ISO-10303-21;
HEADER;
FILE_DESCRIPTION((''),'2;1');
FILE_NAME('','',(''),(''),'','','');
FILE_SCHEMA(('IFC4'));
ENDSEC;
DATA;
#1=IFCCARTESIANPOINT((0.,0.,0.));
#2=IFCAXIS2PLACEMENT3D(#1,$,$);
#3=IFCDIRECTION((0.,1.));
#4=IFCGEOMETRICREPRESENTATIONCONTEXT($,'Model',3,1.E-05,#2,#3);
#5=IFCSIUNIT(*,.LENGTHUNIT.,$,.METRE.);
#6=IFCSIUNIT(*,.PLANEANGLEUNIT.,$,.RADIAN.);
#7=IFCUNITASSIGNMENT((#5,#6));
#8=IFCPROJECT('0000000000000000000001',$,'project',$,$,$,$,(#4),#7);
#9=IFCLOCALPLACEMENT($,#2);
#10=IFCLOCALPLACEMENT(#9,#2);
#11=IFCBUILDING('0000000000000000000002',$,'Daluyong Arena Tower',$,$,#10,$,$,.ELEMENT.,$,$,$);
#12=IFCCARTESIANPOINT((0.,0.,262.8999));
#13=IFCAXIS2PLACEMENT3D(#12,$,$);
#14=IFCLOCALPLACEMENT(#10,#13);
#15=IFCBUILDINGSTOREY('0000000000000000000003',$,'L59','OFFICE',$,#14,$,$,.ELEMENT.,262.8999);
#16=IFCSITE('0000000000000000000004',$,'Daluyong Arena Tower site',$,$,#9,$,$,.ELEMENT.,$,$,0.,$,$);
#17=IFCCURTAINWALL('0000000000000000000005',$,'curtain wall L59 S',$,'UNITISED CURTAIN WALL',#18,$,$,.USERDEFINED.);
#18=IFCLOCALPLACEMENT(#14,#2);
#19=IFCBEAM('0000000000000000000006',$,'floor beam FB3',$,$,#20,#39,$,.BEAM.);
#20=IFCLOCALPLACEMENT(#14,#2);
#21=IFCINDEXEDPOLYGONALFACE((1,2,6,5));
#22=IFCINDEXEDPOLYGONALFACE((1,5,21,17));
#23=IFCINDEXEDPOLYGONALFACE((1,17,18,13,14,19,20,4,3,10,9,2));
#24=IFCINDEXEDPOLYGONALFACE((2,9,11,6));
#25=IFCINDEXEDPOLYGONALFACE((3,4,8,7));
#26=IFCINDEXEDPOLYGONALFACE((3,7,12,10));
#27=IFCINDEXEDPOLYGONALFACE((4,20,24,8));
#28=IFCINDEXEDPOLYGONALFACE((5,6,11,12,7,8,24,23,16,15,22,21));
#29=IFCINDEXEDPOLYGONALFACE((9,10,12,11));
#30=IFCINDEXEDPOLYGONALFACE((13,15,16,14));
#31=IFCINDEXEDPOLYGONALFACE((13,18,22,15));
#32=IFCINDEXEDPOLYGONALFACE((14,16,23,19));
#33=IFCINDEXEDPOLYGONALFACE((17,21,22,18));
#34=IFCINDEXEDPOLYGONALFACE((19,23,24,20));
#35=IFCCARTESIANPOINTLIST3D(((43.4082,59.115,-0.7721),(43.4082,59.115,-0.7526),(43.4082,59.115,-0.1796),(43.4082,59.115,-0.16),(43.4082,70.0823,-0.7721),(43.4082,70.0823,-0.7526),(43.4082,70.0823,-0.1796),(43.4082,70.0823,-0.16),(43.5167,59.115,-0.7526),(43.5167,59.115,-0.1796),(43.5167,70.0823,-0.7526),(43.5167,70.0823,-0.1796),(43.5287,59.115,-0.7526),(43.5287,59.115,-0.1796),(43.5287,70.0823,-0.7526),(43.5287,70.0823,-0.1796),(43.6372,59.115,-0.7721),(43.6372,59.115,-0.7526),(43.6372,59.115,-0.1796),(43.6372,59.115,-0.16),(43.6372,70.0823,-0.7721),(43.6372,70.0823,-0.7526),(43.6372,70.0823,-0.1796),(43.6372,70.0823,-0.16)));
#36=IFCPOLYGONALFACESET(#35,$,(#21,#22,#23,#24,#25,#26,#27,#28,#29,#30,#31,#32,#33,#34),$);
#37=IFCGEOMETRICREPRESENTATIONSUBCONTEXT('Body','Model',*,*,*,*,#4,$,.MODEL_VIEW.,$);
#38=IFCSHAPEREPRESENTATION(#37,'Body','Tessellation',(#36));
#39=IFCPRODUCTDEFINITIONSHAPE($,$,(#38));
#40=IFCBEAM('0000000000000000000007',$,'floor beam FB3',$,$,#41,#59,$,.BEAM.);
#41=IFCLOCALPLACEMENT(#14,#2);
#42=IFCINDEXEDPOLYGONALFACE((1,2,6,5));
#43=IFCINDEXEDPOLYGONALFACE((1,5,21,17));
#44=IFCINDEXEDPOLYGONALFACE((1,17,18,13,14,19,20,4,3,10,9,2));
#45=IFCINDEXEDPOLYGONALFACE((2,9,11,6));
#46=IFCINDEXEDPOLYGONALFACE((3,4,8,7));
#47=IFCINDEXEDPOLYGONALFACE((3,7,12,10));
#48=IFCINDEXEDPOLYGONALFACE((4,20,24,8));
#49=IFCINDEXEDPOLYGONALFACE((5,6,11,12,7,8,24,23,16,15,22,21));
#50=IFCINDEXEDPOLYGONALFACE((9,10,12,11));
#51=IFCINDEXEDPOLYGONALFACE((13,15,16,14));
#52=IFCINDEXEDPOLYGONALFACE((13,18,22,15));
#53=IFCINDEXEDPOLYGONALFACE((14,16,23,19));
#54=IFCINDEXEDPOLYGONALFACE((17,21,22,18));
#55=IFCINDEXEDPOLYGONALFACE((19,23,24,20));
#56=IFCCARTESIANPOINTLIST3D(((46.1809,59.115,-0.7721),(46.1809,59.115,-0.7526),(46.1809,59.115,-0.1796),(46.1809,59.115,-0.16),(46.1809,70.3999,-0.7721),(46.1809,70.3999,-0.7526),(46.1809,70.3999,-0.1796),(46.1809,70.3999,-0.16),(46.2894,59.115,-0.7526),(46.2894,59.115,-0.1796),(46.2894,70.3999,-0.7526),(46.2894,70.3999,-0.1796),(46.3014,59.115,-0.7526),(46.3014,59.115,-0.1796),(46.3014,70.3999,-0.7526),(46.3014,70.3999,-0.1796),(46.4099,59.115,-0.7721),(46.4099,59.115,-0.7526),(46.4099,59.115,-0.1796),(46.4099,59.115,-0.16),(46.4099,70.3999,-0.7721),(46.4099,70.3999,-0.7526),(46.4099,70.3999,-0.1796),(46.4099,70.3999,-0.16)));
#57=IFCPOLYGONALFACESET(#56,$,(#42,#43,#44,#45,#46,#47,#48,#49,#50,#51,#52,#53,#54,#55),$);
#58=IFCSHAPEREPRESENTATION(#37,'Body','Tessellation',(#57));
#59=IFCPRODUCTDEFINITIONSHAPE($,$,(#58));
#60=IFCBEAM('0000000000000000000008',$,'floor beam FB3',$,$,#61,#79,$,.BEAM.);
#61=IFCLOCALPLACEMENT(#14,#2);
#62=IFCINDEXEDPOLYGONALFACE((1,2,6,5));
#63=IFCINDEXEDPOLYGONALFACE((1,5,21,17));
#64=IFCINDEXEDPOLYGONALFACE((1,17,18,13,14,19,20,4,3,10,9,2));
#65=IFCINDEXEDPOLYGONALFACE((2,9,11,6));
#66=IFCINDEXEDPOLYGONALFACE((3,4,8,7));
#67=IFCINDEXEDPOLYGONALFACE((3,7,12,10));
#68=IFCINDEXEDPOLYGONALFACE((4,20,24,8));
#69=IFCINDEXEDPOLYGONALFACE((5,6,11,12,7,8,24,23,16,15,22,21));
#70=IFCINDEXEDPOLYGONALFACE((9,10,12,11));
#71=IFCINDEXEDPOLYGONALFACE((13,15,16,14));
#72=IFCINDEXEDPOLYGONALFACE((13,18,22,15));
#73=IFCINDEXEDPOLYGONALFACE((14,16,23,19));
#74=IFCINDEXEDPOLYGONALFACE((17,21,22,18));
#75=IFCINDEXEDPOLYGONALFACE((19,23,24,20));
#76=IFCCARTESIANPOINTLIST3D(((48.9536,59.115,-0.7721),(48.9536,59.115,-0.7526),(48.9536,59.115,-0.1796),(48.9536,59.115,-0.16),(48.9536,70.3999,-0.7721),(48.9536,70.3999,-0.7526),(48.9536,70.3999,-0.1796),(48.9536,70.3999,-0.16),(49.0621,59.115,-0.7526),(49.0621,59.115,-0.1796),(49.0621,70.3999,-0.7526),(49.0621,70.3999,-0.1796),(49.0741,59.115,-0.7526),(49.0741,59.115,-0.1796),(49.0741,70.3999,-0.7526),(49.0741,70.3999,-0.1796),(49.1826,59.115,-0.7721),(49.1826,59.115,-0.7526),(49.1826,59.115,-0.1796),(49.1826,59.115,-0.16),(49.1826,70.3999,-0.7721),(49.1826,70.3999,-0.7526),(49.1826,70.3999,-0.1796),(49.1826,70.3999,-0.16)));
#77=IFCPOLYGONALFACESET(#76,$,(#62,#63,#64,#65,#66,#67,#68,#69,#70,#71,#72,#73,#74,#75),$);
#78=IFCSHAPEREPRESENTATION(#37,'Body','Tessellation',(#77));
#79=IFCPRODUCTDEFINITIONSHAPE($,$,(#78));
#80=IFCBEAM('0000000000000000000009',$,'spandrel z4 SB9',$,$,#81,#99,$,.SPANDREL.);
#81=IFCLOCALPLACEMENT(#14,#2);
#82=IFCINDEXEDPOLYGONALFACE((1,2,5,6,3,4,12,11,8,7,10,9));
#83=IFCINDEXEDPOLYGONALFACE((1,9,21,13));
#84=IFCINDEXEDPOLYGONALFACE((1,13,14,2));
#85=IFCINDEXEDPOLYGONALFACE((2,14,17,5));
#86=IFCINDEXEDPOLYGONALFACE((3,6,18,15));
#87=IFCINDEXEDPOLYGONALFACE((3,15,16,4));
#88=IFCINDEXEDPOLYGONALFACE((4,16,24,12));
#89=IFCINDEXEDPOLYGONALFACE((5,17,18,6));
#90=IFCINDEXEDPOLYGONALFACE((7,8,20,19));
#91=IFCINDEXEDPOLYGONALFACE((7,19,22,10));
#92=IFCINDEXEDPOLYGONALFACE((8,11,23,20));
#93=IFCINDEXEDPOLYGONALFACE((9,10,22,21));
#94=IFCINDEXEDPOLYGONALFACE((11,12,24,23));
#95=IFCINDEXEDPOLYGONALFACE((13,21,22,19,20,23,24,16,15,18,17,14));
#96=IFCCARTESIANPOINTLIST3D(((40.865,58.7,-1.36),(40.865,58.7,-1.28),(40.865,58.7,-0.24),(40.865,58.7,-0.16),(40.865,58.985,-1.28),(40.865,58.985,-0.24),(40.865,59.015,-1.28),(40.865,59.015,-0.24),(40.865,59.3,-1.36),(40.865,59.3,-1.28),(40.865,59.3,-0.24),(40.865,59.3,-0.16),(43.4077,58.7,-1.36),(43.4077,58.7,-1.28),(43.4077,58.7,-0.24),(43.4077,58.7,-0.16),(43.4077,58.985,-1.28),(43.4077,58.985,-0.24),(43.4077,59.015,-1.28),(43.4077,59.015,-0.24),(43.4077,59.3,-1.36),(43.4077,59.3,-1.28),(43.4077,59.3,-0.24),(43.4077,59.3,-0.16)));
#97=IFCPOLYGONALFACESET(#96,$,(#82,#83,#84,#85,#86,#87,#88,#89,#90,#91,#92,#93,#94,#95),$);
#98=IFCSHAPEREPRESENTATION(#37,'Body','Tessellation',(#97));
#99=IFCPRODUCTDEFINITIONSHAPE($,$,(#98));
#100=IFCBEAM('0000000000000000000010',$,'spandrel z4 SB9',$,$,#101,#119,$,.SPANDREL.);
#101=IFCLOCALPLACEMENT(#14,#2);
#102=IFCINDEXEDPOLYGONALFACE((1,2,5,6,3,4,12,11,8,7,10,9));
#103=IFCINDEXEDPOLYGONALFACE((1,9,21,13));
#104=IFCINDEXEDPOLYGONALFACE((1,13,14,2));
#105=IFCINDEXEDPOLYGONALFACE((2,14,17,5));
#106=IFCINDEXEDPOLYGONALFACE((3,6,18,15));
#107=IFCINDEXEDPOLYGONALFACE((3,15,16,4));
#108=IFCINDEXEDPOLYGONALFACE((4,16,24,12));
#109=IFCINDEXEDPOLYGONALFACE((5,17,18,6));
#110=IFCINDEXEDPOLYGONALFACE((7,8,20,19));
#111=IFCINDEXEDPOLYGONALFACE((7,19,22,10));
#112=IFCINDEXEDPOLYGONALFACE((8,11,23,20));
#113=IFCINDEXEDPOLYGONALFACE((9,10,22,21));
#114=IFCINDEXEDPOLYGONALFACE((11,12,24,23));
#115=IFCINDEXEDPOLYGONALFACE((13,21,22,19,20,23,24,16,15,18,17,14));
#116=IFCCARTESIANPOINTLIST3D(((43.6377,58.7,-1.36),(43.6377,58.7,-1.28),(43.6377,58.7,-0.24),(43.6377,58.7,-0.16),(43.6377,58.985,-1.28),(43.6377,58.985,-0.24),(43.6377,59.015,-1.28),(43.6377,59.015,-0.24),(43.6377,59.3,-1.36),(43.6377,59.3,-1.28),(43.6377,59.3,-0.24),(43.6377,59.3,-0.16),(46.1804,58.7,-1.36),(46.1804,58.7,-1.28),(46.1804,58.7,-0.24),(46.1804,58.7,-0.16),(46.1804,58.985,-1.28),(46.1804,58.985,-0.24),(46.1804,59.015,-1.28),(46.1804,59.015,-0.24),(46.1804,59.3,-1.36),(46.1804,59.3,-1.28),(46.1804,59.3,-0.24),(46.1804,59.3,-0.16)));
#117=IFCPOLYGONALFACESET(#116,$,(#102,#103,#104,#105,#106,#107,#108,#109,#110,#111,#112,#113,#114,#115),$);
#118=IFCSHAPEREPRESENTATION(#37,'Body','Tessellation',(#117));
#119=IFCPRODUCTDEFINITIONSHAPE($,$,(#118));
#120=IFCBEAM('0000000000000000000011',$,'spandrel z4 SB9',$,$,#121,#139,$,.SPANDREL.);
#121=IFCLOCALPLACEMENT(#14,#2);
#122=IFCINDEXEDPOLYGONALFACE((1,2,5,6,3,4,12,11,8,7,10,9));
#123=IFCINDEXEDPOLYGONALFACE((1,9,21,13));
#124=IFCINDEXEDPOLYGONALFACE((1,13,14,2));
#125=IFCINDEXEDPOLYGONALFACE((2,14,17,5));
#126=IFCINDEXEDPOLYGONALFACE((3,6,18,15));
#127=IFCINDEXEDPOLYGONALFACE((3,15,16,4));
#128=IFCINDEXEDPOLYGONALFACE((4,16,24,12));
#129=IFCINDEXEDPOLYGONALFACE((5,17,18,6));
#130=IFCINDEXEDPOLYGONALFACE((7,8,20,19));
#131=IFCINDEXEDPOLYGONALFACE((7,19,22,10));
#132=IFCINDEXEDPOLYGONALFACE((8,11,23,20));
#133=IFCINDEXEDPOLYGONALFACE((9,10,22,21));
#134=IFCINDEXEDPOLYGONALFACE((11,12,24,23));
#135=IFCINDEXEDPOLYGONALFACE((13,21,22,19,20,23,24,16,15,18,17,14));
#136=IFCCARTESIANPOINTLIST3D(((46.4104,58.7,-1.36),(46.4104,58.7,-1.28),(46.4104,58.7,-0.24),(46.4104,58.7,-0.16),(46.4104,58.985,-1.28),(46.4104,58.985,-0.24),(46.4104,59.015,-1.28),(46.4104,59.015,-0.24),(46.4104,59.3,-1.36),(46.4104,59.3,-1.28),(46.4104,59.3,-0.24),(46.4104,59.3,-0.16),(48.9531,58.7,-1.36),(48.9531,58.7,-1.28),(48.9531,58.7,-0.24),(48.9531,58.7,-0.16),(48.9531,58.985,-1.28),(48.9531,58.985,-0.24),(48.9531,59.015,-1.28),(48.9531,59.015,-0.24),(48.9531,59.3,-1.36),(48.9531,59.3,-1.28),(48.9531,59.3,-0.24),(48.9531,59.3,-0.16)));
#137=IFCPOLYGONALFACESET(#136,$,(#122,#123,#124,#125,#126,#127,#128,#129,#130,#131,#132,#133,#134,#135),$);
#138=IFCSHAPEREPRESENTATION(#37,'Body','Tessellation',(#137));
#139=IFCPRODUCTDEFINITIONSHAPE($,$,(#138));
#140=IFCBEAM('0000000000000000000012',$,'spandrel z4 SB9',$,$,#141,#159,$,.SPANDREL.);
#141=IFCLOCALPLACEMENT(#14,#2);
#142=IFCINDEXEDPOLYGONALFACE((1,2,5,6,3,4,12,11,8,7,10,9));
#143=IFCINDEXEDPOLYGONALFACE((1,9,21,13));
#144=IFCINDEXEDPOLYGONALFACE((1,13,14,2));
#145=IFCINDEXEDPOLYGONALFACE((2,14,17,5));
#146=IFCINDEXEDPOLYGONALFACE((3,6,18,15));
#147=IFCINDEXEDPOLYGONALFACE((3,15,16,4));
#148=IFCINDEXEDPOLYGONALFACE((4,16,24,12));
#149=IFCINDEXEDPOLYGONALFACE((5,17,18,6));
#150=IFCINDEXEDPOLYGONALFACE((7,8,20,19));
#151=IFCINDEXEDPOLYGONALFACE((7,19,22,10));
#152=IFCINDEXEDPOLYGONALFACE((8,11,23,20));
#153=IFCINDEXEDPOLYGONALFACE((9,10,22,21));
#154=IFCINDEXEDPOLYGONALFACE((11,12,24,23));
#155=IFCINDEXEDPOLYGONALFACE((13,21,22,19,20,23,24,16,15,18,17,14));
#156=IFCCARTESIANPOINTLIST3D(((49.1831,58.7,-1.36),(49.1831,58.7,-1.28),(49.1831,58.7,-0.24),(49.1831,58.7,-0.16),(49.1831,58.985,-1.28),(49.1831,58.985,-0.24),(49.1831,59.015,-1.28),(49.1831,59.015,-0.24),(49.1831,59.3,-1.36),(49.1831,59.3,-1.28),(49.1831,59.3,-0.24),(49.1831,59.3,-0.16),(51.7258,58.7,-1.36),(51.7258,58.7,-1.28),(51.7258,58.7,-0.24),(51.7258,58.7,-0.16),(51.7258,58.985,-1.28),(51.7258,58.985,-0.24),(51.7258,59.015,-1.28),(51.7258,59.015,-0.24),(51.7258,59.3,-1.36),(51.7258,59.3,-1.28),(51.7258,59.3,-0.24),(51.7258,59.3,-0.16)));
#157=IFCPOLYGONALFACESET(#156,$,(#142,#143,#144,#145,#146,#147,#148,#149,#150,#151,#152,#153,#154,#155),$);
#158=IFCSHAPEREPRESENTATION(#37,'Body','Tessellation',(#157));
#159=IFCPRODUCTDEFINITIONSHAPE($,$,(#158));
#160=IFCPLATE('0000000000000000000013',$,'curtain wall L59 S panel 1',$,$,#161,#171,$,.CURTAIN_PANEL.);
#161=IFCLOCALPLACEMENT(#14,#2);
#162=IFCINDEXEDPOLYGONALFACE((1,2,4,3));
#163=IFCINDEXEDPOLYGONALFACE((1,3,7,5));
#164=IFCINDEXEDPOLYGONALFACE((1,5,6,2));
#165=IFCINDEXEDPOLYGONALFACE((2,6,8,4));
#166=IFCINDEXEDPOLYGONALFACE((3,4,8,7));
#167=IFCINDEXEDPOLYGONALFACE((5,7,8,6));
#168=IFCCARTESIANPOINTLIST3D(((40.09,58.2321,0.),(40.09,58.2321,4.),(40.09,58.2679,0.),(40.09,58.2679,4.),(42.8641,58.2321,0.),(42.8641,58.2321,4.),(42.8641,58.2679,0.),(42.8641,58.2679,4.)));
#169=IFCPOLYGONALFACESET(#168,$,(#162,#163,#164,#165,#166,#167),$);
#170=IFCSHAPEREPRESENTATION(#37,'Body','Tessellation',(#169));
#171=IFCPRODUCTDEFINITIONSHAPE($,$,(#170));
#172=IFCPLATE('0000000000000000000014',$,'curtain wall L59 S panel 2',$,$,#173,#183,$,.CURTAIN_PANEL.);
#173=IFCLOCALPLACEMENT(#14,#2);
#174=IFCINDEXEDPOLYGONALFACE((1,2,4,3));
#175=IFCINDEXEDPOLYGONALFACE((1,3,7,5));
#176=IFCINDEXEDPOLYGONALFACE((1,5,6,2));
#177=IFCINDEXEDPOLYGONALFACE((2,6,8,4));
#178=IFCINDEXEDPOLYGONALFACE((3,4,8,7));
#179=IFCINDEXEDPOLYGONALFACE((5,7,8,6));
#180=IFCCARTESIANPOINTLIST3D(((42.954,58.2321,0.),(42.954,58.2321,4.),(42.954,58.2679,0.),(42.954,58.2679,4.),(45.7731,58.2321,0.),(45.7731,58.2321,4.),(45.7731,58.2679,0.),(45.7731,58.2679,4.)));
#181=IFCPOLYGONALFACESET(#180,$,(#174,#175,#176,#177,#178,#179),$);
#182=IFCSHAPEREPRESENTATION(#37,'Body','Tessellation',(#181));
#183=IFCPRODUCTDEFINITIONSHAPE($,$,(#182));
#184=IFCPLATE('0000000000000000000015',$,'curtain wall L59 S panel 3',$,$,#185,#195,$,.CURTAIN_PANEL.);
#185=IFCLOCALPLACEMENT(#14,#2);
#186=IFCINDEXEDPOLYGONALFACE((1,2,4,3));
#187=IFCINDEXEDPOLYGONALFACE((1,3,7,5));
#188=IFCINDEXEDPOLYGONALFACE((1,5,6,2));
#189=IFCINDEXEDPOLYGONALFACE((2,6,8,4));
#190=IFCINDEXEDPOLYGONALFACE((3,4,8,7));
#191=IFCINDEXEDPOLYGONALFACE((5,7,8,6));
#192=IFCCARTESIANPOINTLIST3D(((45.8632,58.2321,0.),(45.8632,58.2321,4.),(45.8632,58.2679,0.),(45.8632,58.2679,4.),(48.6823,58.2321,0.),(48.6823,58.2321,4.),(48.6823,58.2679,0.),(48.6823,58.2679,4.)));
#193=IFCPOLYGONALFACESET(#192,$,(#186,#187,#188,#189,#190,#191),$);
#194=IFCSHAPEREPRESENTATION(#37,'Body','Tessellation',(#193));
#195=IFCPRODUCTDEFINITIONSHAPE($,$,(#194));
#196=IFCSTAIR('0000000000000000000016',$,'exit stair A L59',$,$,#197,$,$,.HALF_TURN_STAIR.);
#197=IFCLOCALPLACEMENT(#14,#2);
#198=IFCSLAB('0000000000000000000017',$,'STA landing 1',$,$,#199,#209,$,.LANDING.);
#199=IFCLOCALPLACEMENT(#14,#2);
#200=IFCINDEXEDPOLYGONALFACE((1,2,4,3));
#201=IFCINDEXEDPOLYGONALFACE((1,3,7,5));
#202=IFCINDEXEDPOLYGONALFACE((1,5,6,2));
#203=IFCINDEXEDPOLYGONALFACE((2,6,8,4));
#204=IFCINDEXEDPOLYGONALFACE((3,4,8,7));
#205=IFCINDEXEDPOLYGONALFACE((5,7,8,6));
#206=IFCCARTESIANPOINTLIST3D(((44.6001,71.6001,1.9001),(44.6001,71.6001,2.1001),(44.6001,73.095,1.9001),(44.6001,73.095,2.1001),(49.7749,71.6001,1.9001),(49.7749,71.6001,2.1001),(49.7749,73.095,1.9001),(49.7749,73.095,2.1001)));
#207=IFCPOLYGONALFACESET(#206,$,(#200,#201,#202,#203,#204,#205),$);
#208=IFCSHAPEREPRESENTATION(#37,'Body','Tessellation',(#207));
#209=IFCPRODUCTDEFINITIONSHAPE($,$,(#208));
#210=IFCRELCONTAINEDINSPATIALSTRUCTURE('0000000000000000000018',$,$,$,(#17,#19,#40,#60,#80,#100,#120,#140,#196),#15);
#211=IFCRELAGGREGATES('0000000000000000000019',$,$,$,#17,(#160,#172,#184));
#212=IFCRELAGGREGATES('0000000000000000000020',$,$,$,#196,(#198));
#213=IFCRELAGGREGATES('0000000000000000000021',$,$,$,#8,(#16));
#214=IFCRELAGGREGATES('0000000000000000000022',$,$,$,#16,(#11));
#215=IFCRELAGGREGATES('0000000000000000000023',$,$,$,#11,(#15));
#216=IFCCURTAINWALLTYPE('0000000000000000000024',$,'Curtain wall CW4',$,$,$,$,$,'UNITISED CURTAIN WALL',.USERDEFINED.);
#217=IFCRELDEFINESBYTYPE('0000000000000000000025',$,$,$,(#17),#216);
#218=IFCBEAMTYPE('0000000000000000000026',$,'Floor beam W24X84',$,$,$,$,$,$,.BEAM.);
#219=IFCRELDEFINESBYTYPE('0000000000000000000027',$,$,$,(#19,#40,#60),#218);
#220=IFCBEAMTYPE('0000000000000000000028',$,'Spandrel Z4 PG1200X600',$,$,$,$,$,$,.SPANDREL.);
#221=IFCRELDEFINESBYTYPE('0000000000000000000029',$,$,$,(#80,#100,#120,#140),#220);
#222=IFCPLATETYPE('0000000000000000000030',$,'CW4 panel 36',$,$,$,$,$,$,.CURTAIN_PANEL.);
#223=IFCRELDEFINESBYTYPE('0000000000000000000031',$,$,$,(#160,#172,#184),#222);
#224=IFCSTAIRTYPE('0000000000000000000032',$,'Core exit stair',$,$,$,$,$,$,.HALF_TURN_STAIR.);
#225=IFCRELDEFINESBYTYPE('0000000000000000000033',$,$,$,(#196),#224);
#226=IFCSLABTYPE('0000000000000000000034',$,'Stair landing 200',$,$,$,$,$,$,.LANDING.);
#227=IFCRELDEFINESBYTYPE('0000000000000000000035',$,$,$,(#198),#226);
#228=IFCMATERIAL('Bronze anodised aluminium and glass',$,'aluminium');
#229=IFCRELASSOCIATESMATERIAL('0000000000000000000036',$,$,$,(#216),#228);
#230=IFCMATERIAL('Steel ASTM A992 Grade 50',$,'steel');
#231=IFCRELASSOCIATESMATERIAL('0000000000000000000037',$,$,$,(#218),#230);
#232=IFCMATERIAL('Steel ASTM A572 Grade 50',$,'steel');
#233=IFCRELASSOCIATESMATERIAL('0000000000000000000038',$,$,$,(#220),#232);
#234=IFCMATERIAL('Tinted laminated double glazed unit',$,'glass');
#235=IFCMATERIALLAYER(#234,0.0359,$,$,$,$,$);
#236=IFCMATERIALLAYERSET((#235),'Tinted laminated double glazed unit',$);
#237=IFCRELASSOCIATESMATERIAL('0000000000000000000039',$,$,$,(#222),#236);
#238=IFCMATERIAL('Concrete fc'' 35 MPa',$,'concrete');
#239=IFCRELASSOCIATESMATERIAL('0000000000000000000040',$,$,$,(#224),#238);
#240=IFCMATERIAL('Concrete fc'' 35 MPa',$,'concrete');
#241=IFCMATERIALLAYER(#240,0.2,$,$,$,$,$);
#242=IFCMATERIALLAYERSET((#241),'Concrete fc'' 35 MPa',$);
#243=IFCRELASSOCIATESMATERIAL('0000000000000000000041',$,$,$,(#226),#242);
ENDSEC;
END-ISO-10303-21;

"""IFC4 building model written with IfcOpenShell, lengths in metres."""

from ifc_helpers import new_model, si_unit, direction, frame, origin, origin_2d, place, context, subcontext, project, spatial, polyline, rectangle, i_section, outline, extrude, material, layer, layer_set, material_profile, profile_set, type_object, element, aggregate, save


model = new_model("IFC4")

# Units and contexts
model_context = context("Model", 3, precision=1e-05, world=origin(), true_north=direction((0.0, 1.0)))
body_context = subcontext(model_context, "Body", "Model", "MODEL_VIEW")
ifc_project = project(units=[si_unit("LENGTHUNIT", "METRE"), si_unit("PLANEANGLEUNIT", "RADIAN")], contexts=[model_context])

# Site, building, storey
site_placement = place(None, origin())
site = spatial("IfcSite", under=ifc_project, at=site_placement, Name="Daluyong Arena Tower site", CompositionType="ELEMENT", RefElevation=0.0)
building_placement = place(site_placement, origin())
building = spatial("IfcBuilding", under=site, at=building_placement, Name="Daluyong Arena Tower", CompositionType="ELEMENT")
storey_placement = place(building_placement, frame((0.0, 0.0, 262.8999)))
storey = spatial("IfcBuildingStorey", under=building, at=storey_placement, Name="L59", Description="OFFICE", CompositionType="ELEMENT", Elevation=262.8999)

# Curtain wall
ifc_material_1 = material(Name="Bronze anodised aluminium and glass", Category="aluminium")
curtain_wall_type_1 = type_object("IfcCurtainWallType", Name="Curtain wall CW4", ElementType="UNITISED CURTAIN WALL", PredefinedType="USERDEFINED", material=ifc_material_1)
curtain_wall_1_placement = place(storey_placement, origin())
curtain_wall_1 = element("IfcCurtainWall", 1, at=curtain_wall_1_placement, inside=storey, type_object=curtain_wall_type_1, Name="curtain wall L59 S", ObjectType="UNITISED CURTAIN WALL", PredefinedType="USERDEFINED")

# Beams
ifc_material_2 = material(Name="Steel ASTM A992 Grade 50", Category="steel")
ifc_material_profile_1 = material_profile(ifc_material_2, i_section(OverallWidth=0.229, OverallDepth=0.6121, WebThickness=0.012, FlangeThickness=0.0195, at=origin_2d()))
ifc_profile_set_1 = profile_set([ifc_material_profile_1], Name="Steel ASTM A992 Grade 50")
beam_type_1 = type_object("IfcBeamType", Name="Floor beam W24X84", PredefinedType="BEAM", material=ifc_profile_set_1)
beam_placement = place(storey_placement, frame((43.5227, 59.115, -0.4661), z_axis=(0.0, 1.0, 0.0), x_axis=(-1.0, 0.0, 0.0)))
element("IfcBeam", 2, at=beam_placement, inside=storey, type_object=beam_type_1, Name="floor beam FB3", PredefinedType="BEAM", context=body_context, shape_type="SweptSolid", body=[
    extrude(i_section(OverallWidth=0.229, OverallDepth=0.6121, WebThickness=0.012, FlangeThickness=0.0195, at=origin_2d()), origin(), (0.0, 0.0, 1.0), 10.9673),
])
for number, where, z_axis, x_axis, name in (
    (3, (46.2954, 59.115, -0.4661), (0.0, 1.0, 0.0), (-1.0, 0.0, 0.0), "floor beam FB3"),
    (4, (49.0681, 59.115, -0.4661), (0.0, 1.0, 0.0), (-1.0, 0.0, 0.0), "floor beam FB3"),
):
    element("IfcBeam", number, at=place(storey_placement, frame(where, z_axis=z_axis, x_axis=x_axis)), inside=storey, type_object=beam_type_1, Name=name, PredefinedType="BEAM", context=body_context, shape_type="SweptSolid", body=[
        extrude(i_section(OverallWidth=0.229, OverallDepth=0.6121, WebThickness=0.012, FlangeThickness=0.0195, at=origin_2d()), origin(), (0.0, 0.0, 1.0), 11.2849),
    ])
ifc_material_3 = material(Name="Steel ASTM A572 Grade 50", Category="steel")
ifc_material_profile_2 = material_profile(ifc_material_3, i_section(OverallWidth=0.6001, OverallDepth=1.2, WebThickness=0.03, FlangeThickness=0.08, at=origin_2d()))
ifc_profile_set_2 = profile_set([ifc_material_profile_2], Name="Steel ASTM A572 Grade 50")
beam_type_2 = type_object("IfcBeamType", Name="Spandrel Z4 PG1200X600", PredefinedType="SPANDREL", material=ifc_profile_set_2)
for number, where, z_axis, x_axis, name in (
    (5, (40.865, 59.0, -0.76), (1.0, 0.0, 0.0), (0.0, 1.0, 0.0), "spandrel z4 SB9"),
    (6, (43.6377, 59.0, -0.76), (1.0, 0.0, 0.0), (0.0, 1.0, 0.0), "spandrel z4 SB9"),
    (7, (46.4104, 59.0, -0.76), (1.0, 0.0, 0.0), (0.0, 1.0, 0.0), "spandrel z4 SB9"),
    (8, (49.1831, 59.0, -0.76), (1.0, 0.0, 0.0), (0.0, 1.0, 0.0), "spandrel z4 SB9"),
):
    element("IfcBeam", number, at=place(storey_placement, frame(where, z_axis=z_axis, x_axis=x_axis)), inside=storey, type_object=beam_type_2, Name=name, PredefinedType="SPANDREL", context=body_context, shape_type="SweptSolid", body=[
        extrude(i_section(OverallWidth=0.6001, OverallDepth=1.2, WebThickness=0.03, FlangeThickness=0.08, at=origin_2d()), origin(), (0.0, 0.0, 1.0), 2.5427),
    ])

# Plates
ifc_material_4 = material(Name="Tinted laminated double glazed unit", Category="glass")
ifc_layer_1 = layer(ifc_material_4, 0.0359)
ifc_layer_set_1 = layer_set([ifc_layer_1], Name="Tinted laminated double glazed unit")
plate_type = type_object("IfcPlateType", Name="CW4 panel 36", PredefinedType="CURTAIN_PANEL", material=ifc_layer_set_1)
plate_1_placement = place(storey_placement, frame((41.4771, 58.25, 0.0), z_axis=(0.0, 0.0, 1.0), x_axis=(1.0, 0.0, 0.0)))
plate_1 = element("IfcPlate", 9, at=plate_1_placement, type_object=plate_type, Name="curtain wall L59 S panel 1", PredefinedType="CURTAIN_PANEL", context=body_context, shape_type="SweptSolid", body=[
    extrude(rectangle(XDim=2.7742, YDim=0.0359, at=origin_2d()), origin(), (0.0, 0.0, 1.0), 4.0),
])
plate_2_placement = place(storey_placement, frame((44.3635, 58.25, 0.0), z_axis=(0.0, 0.0, 1.0), x_axis=(1.0, 0.0, 0.0)))
plate_2 = element("IfcPlate", 10, at=plate_2_placement, type_object=plate_type, Name="curtain wall L59 S panel 2", PredefinedType="CURTAIN_PANEL", context=body_context, shape_type="SweptSolid", body=[
    extrude(rectangle(XDim=2.8191, YDim=0.0359, at=origin_2d()), origin(), (0.0, 0.0, 1.0), 4.0),
])
plate_3_placement = place(storey_placement, frame((47.2727, 58.25, 0.0), z_axis=(0.0, 0.0, 1.0), x_axis=(1.0, 0.0, 0.0)))
plate_3 = element("IfcPlate", 11, at=plate_3_placement, type_object=plate_type, Name="curtain wall L59 S panel 3", PredefinedType="CURTAIN_PANEL", context=body_context, shape_type="SweptSolid", body=[
    extrude(rectangle(XDim=2.8191, YDim=0.0359, at=origin_2d()), origin(), (0.0, 0.0, 1.0), 4.0),
])
aggregate(curtain_wall_1, [plate_1, plate_2, plate_3])

# Stair, slab
ifc_material_5 = material(Name="Concrete fc' 35 MPa", Category="concrete")
stair_type = type_object("IfcStairType", Name="Core exit stair", PredefinedType="HALF_TURN_STAIR", material=ifc_material_5)
stair_1_placement = place(storey_placement, origin())
stair_1 = element("IfcStair", 12, at=stair_1_placement, inside=storey, type_object=stair_type, Name="exit stair A L59", PredefinedType="HALF_TURN_STAIR")
ifc_material_6 = material(Name="Concrete fc' 35 MPa", Category="concrete")
ifc_layer_2 = layer(ifc_material_6, 0.2)
ifc_layer_set_2 = layer_set([ifc_layer_2], Name="Concrete fc' 35 MPa")
slab_type = type_object("IfcSlabType", Name="Stair landing 200", PredefinedType="LANDING", material=ifc_layer_set_2)
slab_1_placement = place(storey_placement, frame((0.0, 0.0, 1.9001)))
slab_1 = element("IfcSlab", 13, at=slab_1_placement, type_object=slab_type, Name="STA landing 1", PredefinedType="LANDING", context=body_context, shape_type="SweptSolid", body=[
    extrude(outline(polyline([(44.6001, 71.6001), (49.7749, 71.6001), (49.7749, 73.095), (44.6001, 73.095), (44.6001, 71.6001)])), origin(), (0.0, 0.0, 1.0), 0.2),
])
aggregate(stair_1, [slab_1])

save(model, "model.ifc")
